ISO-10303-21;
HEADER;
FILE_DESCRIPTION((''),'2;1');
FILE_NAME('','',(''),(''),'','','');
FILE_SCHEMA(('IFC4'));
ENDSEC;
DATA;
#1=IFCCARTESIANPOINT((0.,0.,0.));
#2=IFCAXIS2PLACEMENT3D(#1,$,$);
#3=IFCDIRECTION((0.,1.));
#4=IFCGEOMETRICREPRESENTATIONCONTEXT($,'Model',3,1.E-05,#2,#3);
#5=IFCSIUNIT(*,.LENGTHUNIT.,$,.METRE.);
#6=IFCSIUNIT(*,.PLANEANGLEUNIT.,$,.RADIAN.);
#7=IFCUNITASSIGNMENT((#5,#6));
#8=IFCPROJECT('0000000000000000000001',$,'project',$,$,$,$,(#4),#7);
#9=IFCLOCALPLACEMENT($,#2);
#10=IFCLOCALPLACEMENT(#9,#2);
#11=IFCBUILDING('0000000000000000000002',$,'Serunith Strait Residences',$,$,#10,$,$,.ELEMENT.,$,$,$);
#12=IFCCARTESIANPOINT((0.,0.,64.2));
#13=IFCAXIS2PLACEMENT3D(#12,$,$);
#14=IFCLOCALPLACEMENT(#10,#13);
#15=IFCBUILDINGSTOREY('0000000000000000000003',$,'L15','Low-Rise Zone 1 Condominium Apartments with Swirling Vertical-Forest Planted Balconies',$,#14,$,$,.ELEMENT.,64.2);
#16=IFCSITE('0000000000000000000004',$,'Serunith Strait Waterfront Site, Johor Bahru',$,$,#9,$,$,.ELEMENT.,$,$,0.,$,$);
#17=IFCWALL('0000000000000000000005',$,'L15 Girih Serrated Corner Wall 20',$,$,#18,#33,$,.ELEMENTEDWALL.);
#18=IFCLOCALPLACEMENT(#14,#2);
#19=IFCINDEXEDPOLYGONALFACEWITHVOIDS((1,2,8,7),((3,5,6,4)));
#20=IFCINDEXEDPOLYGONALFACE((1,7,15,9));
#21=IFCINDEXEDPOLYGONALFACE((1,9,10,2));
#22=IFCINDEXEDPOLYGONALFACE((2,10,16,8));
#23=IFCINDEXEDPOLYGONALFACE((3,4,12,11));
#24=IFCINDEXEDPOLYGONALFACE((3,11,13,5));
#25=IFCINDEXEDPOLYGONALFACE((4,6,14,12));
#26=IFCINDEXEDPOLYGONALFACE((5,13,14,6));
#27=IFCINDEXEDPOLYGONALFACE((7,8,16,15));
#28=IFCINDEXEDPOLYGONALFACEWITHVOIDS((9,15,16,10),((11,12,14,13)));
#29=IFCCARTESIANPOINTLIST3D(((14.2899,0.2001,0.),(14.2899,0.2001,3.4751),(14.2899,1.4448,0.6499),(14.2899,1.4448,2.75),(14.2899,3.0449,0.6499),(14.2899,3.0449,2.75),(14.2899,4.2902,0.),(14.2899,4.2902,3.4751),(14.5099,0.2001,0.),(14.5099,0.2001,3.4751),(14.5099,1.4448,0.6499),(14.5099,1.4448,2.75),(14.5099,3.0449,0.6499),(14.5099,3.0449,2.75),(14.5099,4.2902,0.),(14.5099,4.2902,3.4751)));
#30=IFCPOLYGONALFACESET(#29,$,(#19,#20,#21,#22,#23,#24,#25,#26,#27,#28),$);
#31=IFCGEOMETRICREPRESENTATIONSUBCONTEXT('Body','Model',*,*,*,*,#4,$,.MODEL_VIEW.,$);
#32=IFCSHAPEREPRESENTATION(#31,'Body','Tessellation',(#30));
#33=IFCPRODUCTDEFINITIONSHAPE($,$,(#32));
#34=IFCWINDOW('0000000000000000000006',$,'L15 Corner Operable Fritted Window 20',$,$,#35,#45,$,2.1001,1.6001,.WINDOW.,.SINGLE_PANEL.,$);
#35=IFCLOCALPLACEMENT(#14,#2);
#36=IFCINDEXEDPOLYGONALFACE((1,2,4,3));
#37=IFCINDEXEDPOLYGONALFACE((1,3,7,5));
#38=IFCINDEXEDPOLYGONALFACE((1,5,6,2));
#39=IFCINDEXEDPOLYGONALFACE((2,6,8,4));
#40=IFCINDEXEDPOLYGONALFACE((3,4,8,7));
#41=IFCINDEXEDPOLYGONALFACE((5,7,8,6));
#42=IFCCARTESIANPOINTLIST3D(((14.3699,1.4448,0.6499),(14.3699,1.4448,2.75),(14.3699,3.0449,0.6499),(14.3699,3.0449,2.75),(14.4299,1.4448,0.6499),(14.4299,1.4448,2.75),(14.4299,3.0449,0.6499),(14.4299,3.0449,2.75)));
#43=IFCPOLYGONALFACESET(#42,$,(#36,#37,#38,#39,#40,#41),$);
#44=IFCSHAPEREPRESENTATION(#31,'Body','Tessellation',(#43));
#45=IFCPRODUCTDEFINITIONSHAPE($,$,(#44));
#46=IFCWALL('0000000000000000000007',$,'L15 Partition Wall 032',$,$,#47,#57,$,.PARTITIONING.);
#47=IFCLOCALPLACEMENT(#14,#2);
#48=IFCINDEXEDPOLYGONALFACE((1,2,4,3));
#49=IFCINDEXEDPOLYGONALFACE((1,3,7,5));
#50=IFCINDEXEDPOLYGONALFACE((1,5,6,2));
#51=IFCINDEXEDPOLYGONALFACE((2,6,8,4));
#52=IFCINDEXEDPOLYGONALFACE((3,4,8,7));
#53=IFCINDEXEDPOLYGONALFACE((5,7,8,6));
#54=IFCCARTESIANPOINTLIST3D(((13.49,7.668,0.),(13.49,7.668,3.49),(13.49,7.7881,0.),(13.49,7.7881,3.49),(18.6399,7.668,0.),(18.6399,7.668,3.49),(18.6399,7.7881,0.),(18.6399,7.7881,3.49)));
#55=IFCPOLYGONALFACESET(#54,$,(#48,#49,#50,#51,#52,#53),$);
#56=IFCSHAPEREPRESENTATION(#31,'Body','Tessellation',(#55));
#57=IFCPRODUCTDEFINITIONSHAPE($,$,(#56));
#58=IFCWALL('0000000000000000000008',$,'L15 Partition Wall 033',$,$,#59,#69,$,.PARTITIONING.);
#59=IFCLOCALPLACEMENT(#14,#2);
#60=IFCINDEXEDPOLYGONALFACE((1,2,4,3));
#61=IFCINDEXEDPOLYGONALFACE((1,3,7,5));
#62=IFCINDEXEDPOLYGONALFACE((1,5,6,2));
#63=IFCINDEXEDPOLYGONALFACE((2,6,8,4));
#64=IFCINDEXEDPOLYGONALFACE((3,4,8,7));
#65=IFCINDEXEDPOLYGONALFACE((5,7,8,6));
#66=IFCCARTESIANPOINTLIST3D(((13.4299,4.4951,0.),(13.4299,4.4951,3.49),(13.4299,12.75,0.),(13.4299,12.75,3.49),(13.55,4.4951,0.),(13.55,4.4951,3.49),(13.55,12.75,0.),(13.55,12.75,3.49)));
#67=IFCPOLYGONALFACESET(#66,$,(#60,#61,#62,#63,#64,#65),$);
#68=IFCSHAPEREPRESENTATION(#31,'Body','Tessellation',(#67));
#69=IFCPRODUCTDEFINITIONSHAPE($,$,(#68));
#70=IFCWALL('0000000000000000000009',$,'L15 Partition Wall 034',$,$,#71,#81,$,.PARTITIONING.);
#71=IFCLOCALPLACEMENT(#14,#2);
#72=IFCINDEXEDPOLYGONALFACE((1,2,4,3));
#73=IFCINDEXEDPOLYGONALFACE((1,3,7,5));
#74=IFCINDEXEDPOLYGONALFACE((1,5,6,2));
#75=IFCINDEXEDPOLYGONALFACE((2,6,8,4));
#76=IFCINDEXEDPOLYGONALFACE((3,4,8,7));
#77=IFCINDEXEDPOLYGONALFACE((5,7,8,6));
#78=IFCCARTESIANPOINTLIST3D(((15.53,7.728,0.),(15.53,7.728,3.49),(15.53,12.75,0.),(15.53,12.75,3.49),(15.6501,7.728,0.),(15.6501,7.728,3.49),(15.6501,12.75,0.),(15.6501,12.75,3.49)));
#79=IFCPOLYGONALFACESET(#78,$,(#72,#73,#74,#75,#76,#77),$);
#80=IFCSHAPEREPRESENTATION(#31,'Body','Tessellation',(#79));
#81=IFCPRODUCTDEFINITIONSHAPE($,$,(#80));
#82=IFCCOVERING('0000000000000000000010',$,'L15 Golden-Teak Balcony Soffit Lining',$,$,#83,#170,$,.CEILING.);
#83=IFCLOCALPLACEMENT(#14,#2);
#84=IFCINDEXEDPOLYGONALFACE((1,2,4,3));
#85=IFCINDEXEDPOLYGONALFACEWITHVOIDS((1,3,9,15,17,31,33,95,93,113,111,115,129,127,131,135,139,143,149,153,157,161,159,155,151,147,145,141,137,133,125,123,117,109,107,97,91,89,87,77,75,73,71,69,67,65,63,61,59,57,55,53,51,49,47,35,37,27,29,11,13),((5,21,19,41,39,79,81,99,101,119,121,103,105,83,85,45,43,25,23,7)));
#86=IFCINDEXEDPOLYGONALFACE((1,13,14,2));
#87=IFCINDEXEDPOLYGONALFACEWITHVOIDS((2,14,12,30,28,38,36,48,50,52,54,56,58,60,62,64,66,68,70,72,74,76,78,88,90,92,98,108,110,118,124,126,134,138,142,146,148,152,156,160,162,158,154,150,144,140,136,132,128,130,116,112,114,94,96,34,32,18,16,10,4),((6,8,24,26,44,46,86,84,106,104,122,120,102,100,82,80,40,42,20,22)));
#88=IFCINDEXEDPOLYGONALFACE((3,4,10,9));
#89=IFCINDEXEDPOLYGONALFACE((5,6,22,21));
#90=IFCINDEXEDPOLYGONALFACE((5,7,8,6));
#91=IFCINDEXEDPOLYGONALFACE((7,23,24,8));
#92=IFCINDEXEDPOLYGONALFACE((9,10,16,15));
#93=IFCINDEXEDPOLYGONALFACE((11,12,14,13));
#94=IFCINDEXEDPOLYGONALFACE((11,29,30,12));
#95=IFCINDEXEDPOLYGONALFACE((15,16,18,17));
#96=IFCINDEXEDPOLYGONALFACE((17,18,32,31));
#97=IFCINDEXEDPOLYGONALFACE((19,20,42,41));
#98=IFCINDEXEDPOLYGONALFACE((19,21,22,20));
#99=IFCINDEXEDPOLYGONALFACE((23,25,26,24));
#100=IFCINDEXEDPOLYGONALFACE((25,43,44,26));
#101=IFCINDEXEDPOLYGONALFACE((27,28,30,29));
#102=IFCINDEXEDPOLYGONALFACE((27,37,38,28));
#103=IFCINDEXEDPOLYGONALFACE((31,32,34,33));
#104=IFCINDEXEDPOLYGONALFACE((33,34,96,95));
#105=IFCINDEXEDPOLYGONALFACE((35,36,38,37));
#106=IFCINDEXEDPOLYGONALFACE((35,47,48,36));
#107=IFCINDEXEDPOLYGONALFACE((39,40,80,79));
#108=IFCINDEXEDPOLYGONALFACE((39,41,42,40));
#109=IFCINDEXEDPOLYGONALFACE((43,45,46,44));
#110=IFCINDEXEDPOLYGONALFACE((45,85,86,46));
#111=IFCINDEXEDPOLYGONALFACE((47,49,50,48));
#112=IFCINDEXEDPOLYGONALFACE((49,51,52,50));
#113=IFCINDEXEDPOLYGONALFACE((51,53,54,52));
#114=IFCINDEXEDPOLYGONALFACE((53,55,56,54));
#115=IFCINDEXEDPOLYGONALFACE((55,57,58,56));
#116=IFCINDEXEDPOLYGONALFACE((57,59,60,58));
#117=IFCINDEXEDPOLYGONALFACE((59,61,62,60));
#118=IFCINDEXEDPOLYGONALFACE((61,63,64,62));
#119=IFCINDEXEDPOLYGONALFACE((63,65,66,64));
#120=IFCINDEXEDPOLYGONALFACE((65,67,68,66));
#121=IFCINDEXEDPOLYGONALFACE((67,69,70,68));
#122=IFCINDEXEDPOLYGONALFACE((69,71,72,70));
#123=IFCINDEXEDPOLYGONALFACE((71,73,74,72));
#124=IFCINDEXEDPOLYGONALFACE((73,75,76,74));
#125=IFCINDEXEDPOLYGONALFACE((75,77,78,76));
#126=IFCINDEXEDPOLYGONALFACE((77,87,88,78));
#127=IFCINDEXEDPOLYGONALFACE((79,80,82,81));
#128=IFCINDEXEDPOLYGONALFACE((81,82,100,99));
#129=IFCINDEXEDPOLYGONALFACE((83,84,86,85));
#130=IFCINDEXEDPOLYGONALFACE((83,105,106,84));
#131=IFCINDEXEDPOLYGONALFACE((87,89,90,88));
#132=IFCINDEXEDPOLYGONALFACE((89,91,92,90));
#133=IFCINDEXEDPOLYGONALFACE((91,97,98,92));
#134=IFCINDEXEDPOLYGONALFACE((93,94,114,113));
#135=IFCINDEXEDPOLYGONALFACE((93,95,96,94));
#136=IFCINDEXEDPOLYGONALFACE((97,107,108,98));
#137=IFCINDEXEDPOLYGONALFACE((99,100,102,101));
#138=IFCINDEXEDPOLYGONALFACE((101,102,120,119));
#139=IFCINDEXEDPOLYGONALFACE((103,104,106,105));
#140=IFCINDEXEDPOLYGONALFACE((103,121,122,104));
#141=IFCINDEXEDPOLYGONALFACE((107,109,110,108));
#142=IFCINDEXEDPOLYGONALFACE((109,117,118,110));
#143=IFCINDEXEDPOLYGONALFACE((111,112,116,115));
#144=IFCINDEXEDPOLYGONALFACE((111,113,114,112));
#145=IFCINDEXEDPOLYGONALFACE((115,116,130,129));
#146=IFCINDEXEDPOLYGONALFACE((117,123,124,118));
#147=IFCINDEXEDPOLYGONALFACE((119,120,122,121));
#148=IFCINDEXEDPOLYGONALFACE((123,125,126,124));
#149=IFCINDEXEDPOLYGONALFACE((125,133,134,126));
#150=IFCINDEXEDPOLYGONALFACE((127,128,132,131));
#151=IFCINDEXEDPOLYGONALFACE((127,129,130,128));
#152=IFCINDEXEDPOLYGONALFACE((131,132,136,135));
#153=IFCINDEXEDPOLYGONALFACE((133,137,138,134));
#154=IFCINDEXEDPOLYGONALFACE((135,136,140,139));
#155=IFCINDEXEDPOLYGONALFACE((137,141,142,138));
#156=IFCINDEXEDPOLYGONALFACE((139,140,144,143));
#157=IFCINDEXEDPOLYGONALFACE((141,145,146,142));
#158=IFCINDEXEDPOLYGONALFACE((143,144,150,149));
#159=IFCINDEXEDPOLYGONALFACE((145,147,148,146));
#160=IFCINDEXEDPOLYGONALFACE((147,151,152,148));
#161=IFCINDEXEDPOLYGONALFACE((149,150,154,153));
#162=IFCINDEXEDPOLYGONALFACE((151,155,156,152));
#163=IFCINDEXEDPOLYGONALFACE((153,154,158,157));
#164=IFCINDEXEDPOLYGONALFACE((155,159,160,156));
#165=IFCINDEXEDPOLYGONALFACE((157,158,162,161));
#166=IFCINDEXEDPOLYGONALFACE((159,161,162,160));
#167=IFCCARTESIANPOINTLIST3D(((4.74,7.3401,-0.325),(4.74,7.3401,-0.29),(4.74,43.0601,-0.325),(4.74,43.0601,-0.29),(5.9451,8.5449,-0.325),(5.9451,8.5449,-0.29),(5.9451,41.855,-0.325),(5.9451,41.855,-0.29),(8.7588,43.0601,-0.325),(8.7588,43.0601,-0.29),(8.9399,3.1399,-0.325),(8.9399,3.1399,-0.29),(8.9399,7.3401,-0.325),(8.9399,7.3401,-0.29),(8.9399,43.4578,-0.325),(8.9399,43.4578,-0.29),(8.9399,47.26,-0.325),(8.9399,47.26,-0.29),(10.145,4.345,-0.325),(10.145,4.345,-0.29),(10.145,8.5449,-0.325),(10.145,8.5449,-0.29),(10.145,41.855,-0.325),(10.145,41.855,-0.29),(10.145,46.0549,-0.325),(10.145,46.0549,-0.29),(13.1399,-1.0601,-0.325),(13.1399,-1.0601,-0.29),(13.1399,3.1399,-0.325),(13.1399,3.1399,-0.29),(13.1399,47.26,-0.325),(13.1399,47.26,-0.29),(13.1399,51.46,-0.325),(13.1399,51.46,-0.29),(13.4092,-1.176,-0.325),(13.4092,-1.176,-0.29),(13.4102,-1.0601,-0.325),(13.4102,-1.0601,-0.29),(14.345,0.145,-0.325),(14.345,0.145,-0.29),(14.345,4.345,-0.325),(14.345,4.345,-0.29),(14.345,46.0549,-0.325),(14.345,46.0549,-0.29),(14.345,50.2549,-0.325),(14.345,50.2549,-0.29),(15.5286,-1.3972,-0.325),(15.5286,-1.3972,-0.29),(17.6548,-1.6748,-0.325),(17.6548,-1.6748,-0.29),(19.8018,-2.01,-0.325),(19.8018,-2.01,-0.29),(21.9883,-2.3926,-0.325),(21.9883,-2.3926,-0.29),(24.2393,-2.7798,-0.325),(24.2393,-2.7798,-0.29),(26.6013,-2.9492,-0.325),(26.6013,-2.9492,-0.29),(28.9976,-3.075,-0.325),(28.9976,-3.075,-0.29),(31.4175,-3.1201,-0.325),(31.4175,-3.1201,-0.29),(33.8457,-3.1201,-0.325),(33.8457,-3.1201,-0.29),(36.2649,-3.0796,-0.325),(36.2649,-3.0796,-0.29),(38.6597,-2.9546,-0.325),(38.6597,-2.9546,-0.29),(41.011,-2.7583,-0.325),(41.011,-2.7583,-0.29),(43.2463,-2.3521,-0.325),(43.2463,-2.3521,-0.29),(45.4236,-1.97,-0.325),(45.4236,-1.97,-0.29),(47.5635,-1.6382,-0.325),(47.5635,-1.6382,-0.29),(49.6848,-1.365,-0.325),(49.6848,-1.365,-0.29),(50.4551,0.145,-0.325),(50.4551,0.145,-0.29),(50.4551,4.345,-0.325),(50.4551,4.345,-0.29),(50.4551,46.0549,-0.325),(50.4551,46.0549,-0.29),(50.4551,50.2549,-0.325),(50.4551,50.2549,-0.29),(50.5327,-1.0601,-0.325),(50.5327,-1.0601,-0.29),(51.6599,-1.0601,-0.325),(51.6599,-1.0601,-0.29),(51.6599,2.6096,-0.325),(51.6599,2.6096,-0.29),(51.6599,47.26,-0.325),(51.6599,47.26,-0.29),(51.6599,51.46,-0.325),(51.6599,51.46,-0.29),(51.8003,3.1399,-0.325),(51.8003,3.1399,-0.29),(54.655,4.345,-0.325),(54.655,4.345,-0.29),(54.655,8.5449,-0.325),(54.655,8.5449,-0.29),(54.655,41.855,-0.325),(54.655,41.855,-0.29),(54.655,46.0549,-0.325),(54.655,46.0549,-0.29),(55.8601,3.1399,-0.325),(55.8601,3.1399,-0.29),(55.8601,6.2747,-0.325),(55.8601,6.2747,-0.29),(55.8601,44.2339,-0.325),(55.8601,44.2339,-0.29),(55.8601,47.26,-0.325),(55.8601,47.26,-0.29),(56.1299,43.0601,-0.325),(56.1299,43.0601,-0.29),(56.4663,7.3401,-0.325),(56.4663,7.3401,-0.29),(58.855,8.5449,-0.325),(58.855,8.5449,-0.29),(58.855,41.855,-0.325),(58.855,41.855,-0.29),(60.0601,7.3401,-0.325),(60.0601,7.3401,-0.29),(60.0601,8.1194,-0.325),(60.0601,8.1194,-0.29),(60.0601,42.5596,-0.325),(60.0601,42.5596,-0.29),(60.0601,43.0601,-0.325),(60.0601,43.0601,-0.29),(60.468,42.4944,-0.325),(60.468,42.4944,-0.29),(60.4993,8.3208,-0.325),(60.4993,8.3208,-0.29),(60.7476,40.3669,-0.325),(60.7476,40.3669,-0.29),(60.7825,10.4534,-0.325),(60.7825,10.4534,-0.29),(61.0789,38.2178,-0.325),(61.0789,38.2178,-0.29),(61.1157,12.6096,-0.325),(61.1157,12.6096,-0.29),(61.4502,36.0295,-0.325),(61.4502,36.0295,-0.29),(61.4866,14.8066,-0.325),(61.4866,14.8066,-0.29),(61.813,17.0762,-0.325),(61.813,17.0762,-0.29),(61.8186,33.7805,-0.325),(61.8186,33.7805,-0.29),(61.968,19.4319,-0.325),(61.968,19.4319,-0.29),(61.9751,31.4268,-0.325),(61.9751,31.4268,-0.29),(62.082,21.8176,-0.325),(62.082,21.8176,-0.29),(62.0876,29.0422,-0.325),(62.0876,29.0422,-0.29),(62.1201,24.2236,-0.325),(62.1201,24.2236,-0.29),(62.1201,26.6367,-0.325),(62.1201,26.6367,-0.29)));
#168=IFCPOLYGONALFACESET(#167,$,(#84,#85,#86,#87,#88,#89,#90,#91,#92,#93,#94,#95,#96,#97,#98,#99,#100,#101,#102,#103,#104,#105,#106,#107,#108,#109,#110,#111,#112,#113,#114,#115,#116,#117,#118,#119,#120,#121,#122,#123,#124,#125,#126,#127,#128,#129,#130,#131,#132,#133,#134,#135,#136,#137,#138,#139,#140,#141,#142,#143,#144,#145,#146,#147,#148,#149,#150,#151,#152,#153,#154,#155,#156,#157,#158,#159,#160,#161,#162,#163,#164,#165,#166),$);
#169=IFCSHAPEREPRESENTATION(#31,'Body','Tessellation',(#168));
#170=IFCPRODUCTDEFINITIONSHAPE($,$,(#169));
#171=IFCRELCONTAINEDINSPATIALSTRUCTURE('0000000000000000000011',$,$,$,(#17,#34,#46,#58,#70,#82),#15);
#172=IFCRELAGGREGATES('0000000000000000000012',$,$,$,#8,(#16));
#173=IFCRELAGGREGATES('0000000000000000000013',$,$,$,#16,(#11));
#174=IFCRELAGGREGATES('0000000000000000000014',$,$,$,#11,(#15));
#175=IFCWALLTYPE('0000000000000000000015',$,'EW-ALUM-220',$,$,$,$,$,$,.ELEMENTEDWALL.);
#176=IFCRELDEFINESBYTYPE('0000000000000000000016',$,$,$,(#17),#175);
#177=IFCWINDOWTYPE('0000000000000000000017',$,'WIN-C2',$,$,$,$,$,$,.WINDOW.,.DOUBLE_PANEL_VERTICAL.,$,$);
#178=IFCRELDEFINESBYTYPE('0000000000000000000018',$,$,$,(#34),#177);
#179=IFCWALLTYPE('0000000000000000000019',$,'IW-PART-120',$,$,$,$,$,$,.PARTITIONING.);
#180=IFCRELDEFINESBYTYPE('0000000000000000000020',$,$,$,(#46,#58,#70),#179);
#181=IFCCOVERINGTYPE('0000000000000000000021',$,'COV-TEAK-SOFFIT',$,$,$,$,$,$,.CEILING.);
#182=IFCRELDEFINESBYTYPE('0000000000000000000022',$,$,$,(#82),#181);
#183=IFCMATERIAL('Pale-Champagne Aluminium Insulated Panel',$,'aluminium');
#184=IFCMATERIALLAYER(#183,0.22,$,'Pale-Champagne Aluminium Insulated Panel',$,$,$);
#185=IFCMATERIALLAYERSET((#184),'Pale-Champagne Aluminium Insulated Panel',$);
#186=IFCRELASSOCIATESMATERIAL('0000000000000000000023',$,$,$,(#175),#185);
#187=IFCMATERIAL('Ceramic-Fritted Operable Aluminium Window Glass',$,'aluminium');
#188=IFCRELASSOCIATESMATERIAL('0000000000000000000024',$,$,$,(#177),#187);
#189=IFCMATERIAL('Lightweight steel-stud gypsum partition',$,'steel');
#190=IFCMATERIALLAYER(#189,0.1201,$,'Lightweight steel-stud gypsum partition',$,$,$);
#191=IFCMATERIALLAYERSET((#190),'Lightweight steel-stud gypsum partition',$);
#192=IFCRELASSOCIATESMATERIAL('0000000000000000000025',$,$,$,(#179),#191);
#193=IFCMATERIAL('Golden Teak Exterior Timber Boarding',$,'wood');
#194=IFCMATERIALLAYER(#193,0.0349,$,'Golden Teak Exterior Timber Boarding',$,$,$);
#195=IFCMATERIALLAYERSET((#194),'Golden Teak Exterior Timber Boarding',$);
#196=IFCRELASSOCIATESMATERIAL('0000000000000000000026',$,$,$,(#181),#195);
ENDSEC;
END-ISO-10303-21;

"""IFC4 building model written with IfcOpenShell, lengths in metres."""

from ifc_helpers import new_model, si_unit, direction, frame, frame_2d, origin, place, context, subcontext, project, spatial, polyline, rectangle, outline, extrude, source, transform, mapped, material, layer, layer_set, type_object, element, fill, save


model = new_model("IFC4")

# Units and contexts
model_context = context("Model", 3, precision=1e-05, world=origin(), true_north=direction((0.0, 1.0)))
body_context = subcontext(model_context, "Body", "Model", "MODEL_VIEW")
ifc_project = project(units=[si_unit("LENGTHUNIT", "METRE"), si_unit("PLANEANGLEUNIT", "RADIAN")], contexts=[model_context])

# Site, building, storey
site_placement = place(None, origin())
site = spatial("IfcSite", under=ifc_project, at=site_placement, Name="Serunith Strait Waterfront Site, Johor Bahru", CompositionType="ELEMENT", RefElevation=0.0)
building_placement = place(site_placement, origin())
building = spatial("IfcBuilding", under=site, at=building_placement, Name="Serunith Strait Residences", CompositionType="ELEMENT")
storey_placement = place(building_placement, frame((0.0, 0.0, 64.2)))
storey = spatial("IfcBuildingStorey", under=building, at=storey_placement, Name="L15", Description="Low-Rise Zone 1 Condominium Apartments with Swirling Vertical-Forest Planted Balconies", CompositionType="ELEMENT", Elevation=64.2)

# Wall, opening, window
ifc_material_1 = material(Name="Pale-Champagne Aluminium Insulated Panel", Category="aluminium")
ifc_layer_1 = layer(ifc_material_1, 0.22, Name="Pale-Champagne Aluminium Insulated Panel")
ifc_layer_set_1 = layer_set([ifc_layer_1], Name="Pale-Champagne Aluminium Insulated Panel")
wall_type_1 = type_object("IfcWallType", Name="EW-ALUM-220", PredefinedType="ELEMENTEDWALL", material=ifc_layer_set_1)
ifc_material_2 = material(Name="Ceramic-Fritted Operable Aluminium Window Glass", Category="aluminium")
window_type = type_object("IfcWindowType", Name="WIN-C2", PartitioningType="DOUBLE_PANEL_VERTICAL", PredefinedType="WINDOW", material=ifc_material_2)
shared_shape_1 = source(origin(), body_context, "Body", "SweptSolid", [
    extrude(rectangle(XDim=1.6001, YDim=2.1001, at=frame_2d((0.8, 1.05))), frame((0.0, 0.03, 0.0), z_axis=(0.0, -1.0, 0.0), x_axis=(1.0, 0.0, 0.0)), (0.0, 0.0, 1.0), 0.0601),
])
wall_1_placement = place(storey_placement, frame((14.3999, 4.29, 0.0), z_axis=(0.0, 0.0, 1.0), x_axis=(0.0, -1.0, 0.0)))
wall_1 = element("IfcWall", 1, at=wall_1_placement, inside=storey, type_object=wall_type_1, Name="L15 Girih Serrated Corner Wall 20", PredefinedType="ELEMENTEDWALL", context=body_context, shape_type="SweptSolid", body=[
    extrude(rectangle(XDim=4.0901, YDim=0.22, at=frame_2d((2.0449, 0.0))), origin(), (0.0, 0.0, 1.0), 3.4751),
])
opening_1_placement = place(wall_1_placement, frame((1.2451, 0.0, 0.6499)))
opening_1 = element("IfcOpeningElement", 2, at=opening_1_placement, cuts=wall_1, PredefinedType="OPENING", context=body_context, shape_type="SweptSolid", body=[
    extrude(rectangle(XDim=1.6001, YDim=2.1001, at=frame_2d((0.8, 1.05))), frame((0.0, 0.1201, 0.0), z_axis=(0.0, -1.0, 0.0), x_axis=(1.0, 0.0, 0.0)), (0.0, 0.0, 1.0), 0.24),
])
window_1_placement = place(opening_1_placement, origin())
window_1 = element("IfcWindow", 3, at=window_1_placement, inside=storey, type_object=window_type, Name="L15 Corner Operable Fritted Window 20", OverallHeight=2.1001, OverallWidth=1.6001, PartitioningType="SINGLE_PANEL", PredefinedType="WINDOW", context=body_context, shape_type="MappedRepresentation", body=[
    mapped(shared_shape_1, transform((0.0, 0.0, 0.0), scale=1.0)),
])
fill(opening_1, window_1)

# Walls
ifc_material_3 = material(Name="Lightweight steel-stud gypsum partition", Category="steel")
ifc_layer_2 = layer(ifc_material_3, 0.1201, Name="Lightweight steel-stud gypsum partition")
ifc_layer_set_2 = layer_set([ifc_layer_2], Name="Lightweight steel-stud gypsum partition")
wall_type_2 = type_object("IfcWallType", Name="IW-PART-120", PredefinedType="PARTITIONING", material=ifc_layer_set_2)
wall_2_placement = place(storey_placement, frame((13.49, 7.728, 0.0), z_axis=(0.0, 0.0, 1.0), x_axis=(1.0, 0.0, 0.0)))
element("IfcWall", 4, at=wall_2_placement, inside=storey, type_object=wall_type_2, Name="L15 Partition Wall 032", PredefinedType="PARTITIONING", context=body_context, shape_type="SweptSolid", body=[
    extrude(rectangle(XDim=5.1499, YDim=0.1201, at=frame_2d((2.575, 0.0))), origin(), (0.0, 0.0, 1.0), 3.49),
])
wall_3_placement = place(storey_placement, frame((13.49, 4.4951, 0.0), z_axis=(0.0, 0.0, 1.0), x_axis=(0.0, 1.0, 0.0)))
element("IfcWall", 5, at=wall_3_placement, inside=storey, type_object=wall_type_2, Name="L15 Partition Wall 033", PredefinedType="PARTITIONING", context=body_context, shape_type="SweptSolid", body=[
    extrude(rectangle(XDim=8.2549, YDim=0.1201, at=frame_2d((4.1274, 0.0))), origin(), (0.0, 0.0, 1.0), 3.49),
])
wall_4_placement = place(storey_placement, frame((15.5901, 7.728, 0.0), z_axis=(0.0, 0.0, 1.0), x_axis=(0.0, 1.0, 0.0)))
element("IfcWall", 6, at=wall_4_placement, inside=storey, type_object=wall_type_2, Name="L15 Partition Wall 034", PredefinedType="PARTITIONING", context=body_context, shape_type="SweptSolid", body=[
    extrude(rectangle(XDim=5.022, YDim=0.1201, at=frame_2d((2.511, 0.0))), origin(), (0.0, 0.0, 1.0), 3.49),
])

# Covering
ifc_material_4 = material(Name="Golden Teak Exterior Timber Boarding", Category="wood")
ifc_layer_3 = layer(ifc_material_4, 0.0349, Name="Golden Teak Exterior Timber Boarding")
ifc_layer_set_3 = layer_set([ifc_layer_3], Name="Golden Teak Exterior Timber Boarding")
covering_type_1 = type_object("IfcCoveringType", Name="COV-TEAK-SOFFIT", PredefinedType="CEILING", material=ifc_layer_set_3)
covering_placement = place(storey_placement, frame((0.0, 0.0, -0.325)))
element("IfcCovering", 7, at=covering_placement, inside=storey, type_object=covering_type_1, Name="L15 Golden-Teak Balcony Soffit Lining", PredefinedType="CEILING", context=body_context, shape_type="SweptSolid", body=[
    extrude(outline(polyline([(13.1399, 3.1399), (8.9399, 3.1399), (8.9399, 7.3401), (4.74, 7.3401), (4.74, 43.0601), (8.7588, 43.0601), (8.9399, 43.4578), (8.9399, 47.26), (13.1399, 47.26), (13.1399, 51.46), (51.6599, 51.46), (51.6599, 47.26), (55.8601, 47.26), (55.8601, 44.2339), (56.1299, 43.0601), (60.0601, 43.0601), (60.0601, 42.5596), (60.468, 42.4944), (60.7476, 40.3669), (61.0789, 38.2178), (61.4502, 36.0295), (61.8186, 33.7805), (61.9751, 31.4268), (62.0876, 29.0422), (62.1201, 26.6367), (62.1201, 24.2236), (62.082, 21.8176), (61.968, 19.4319), (61.813, 17.0762), (61.4866, 14.8066), (61.1157, 12.6096), (60.7825, 10.4534), (60.4993, 8.3208), (60.0601, 8.1194), (60.0601, 7.3401), (56.4663, 7.3401), (55.8601, 6.2747), (55.8601, 3.1399), (51.8003, 3.1399), (51.6599, 2.6096), (51.6599, -1.0601), (50.5327, -1.0601), (49.6848, -1.365), (47.5635, -1.6382), (45.4236, -1.97), (43.2463, -2.3521), (41.011, -2.7583), (38.6597, -2.9546), (36.2649, -3.0796), (33.8457, -3.1201), (31.4175, -3.1201), (28.9976, -3.075), (26.6013, -2.9492), (24.2393, -2.7798), (21.9883, -2.3926), (19.8018, -2.01), (17.6548, -1.6748), (15.5286, -1.3972), (13.4092, -1.176), (13.4102, -1.0601), (13.1399, -1.0601), (13.1399, 3.1399)]), holes=[polyline([(50.4551, 0.145), (50.4551, 4.345), (54.655, 4.345), (54.655, 8.5449), (58.855, 8.5449), (58.855, 41.855), (54.655, 41.855), (54.655, 46.0549), (50.4551, 46.0549), (50.4551, 50.2549), (14.345, 50.2549), (14.345, 46.0549), (10.145, 46.0549), (10.145, 41.855), (5.9451, 41.855), (5.9451, 8.5449), (10.145, 8.5449), (10.145, 4.345), (14.345, 4.345), (14.345, 0.145), (50.4551, 0.145)])]), origin(), (0.0, 0.0, 1.0), 0.0349),
])

save(model, "model.ifc")
